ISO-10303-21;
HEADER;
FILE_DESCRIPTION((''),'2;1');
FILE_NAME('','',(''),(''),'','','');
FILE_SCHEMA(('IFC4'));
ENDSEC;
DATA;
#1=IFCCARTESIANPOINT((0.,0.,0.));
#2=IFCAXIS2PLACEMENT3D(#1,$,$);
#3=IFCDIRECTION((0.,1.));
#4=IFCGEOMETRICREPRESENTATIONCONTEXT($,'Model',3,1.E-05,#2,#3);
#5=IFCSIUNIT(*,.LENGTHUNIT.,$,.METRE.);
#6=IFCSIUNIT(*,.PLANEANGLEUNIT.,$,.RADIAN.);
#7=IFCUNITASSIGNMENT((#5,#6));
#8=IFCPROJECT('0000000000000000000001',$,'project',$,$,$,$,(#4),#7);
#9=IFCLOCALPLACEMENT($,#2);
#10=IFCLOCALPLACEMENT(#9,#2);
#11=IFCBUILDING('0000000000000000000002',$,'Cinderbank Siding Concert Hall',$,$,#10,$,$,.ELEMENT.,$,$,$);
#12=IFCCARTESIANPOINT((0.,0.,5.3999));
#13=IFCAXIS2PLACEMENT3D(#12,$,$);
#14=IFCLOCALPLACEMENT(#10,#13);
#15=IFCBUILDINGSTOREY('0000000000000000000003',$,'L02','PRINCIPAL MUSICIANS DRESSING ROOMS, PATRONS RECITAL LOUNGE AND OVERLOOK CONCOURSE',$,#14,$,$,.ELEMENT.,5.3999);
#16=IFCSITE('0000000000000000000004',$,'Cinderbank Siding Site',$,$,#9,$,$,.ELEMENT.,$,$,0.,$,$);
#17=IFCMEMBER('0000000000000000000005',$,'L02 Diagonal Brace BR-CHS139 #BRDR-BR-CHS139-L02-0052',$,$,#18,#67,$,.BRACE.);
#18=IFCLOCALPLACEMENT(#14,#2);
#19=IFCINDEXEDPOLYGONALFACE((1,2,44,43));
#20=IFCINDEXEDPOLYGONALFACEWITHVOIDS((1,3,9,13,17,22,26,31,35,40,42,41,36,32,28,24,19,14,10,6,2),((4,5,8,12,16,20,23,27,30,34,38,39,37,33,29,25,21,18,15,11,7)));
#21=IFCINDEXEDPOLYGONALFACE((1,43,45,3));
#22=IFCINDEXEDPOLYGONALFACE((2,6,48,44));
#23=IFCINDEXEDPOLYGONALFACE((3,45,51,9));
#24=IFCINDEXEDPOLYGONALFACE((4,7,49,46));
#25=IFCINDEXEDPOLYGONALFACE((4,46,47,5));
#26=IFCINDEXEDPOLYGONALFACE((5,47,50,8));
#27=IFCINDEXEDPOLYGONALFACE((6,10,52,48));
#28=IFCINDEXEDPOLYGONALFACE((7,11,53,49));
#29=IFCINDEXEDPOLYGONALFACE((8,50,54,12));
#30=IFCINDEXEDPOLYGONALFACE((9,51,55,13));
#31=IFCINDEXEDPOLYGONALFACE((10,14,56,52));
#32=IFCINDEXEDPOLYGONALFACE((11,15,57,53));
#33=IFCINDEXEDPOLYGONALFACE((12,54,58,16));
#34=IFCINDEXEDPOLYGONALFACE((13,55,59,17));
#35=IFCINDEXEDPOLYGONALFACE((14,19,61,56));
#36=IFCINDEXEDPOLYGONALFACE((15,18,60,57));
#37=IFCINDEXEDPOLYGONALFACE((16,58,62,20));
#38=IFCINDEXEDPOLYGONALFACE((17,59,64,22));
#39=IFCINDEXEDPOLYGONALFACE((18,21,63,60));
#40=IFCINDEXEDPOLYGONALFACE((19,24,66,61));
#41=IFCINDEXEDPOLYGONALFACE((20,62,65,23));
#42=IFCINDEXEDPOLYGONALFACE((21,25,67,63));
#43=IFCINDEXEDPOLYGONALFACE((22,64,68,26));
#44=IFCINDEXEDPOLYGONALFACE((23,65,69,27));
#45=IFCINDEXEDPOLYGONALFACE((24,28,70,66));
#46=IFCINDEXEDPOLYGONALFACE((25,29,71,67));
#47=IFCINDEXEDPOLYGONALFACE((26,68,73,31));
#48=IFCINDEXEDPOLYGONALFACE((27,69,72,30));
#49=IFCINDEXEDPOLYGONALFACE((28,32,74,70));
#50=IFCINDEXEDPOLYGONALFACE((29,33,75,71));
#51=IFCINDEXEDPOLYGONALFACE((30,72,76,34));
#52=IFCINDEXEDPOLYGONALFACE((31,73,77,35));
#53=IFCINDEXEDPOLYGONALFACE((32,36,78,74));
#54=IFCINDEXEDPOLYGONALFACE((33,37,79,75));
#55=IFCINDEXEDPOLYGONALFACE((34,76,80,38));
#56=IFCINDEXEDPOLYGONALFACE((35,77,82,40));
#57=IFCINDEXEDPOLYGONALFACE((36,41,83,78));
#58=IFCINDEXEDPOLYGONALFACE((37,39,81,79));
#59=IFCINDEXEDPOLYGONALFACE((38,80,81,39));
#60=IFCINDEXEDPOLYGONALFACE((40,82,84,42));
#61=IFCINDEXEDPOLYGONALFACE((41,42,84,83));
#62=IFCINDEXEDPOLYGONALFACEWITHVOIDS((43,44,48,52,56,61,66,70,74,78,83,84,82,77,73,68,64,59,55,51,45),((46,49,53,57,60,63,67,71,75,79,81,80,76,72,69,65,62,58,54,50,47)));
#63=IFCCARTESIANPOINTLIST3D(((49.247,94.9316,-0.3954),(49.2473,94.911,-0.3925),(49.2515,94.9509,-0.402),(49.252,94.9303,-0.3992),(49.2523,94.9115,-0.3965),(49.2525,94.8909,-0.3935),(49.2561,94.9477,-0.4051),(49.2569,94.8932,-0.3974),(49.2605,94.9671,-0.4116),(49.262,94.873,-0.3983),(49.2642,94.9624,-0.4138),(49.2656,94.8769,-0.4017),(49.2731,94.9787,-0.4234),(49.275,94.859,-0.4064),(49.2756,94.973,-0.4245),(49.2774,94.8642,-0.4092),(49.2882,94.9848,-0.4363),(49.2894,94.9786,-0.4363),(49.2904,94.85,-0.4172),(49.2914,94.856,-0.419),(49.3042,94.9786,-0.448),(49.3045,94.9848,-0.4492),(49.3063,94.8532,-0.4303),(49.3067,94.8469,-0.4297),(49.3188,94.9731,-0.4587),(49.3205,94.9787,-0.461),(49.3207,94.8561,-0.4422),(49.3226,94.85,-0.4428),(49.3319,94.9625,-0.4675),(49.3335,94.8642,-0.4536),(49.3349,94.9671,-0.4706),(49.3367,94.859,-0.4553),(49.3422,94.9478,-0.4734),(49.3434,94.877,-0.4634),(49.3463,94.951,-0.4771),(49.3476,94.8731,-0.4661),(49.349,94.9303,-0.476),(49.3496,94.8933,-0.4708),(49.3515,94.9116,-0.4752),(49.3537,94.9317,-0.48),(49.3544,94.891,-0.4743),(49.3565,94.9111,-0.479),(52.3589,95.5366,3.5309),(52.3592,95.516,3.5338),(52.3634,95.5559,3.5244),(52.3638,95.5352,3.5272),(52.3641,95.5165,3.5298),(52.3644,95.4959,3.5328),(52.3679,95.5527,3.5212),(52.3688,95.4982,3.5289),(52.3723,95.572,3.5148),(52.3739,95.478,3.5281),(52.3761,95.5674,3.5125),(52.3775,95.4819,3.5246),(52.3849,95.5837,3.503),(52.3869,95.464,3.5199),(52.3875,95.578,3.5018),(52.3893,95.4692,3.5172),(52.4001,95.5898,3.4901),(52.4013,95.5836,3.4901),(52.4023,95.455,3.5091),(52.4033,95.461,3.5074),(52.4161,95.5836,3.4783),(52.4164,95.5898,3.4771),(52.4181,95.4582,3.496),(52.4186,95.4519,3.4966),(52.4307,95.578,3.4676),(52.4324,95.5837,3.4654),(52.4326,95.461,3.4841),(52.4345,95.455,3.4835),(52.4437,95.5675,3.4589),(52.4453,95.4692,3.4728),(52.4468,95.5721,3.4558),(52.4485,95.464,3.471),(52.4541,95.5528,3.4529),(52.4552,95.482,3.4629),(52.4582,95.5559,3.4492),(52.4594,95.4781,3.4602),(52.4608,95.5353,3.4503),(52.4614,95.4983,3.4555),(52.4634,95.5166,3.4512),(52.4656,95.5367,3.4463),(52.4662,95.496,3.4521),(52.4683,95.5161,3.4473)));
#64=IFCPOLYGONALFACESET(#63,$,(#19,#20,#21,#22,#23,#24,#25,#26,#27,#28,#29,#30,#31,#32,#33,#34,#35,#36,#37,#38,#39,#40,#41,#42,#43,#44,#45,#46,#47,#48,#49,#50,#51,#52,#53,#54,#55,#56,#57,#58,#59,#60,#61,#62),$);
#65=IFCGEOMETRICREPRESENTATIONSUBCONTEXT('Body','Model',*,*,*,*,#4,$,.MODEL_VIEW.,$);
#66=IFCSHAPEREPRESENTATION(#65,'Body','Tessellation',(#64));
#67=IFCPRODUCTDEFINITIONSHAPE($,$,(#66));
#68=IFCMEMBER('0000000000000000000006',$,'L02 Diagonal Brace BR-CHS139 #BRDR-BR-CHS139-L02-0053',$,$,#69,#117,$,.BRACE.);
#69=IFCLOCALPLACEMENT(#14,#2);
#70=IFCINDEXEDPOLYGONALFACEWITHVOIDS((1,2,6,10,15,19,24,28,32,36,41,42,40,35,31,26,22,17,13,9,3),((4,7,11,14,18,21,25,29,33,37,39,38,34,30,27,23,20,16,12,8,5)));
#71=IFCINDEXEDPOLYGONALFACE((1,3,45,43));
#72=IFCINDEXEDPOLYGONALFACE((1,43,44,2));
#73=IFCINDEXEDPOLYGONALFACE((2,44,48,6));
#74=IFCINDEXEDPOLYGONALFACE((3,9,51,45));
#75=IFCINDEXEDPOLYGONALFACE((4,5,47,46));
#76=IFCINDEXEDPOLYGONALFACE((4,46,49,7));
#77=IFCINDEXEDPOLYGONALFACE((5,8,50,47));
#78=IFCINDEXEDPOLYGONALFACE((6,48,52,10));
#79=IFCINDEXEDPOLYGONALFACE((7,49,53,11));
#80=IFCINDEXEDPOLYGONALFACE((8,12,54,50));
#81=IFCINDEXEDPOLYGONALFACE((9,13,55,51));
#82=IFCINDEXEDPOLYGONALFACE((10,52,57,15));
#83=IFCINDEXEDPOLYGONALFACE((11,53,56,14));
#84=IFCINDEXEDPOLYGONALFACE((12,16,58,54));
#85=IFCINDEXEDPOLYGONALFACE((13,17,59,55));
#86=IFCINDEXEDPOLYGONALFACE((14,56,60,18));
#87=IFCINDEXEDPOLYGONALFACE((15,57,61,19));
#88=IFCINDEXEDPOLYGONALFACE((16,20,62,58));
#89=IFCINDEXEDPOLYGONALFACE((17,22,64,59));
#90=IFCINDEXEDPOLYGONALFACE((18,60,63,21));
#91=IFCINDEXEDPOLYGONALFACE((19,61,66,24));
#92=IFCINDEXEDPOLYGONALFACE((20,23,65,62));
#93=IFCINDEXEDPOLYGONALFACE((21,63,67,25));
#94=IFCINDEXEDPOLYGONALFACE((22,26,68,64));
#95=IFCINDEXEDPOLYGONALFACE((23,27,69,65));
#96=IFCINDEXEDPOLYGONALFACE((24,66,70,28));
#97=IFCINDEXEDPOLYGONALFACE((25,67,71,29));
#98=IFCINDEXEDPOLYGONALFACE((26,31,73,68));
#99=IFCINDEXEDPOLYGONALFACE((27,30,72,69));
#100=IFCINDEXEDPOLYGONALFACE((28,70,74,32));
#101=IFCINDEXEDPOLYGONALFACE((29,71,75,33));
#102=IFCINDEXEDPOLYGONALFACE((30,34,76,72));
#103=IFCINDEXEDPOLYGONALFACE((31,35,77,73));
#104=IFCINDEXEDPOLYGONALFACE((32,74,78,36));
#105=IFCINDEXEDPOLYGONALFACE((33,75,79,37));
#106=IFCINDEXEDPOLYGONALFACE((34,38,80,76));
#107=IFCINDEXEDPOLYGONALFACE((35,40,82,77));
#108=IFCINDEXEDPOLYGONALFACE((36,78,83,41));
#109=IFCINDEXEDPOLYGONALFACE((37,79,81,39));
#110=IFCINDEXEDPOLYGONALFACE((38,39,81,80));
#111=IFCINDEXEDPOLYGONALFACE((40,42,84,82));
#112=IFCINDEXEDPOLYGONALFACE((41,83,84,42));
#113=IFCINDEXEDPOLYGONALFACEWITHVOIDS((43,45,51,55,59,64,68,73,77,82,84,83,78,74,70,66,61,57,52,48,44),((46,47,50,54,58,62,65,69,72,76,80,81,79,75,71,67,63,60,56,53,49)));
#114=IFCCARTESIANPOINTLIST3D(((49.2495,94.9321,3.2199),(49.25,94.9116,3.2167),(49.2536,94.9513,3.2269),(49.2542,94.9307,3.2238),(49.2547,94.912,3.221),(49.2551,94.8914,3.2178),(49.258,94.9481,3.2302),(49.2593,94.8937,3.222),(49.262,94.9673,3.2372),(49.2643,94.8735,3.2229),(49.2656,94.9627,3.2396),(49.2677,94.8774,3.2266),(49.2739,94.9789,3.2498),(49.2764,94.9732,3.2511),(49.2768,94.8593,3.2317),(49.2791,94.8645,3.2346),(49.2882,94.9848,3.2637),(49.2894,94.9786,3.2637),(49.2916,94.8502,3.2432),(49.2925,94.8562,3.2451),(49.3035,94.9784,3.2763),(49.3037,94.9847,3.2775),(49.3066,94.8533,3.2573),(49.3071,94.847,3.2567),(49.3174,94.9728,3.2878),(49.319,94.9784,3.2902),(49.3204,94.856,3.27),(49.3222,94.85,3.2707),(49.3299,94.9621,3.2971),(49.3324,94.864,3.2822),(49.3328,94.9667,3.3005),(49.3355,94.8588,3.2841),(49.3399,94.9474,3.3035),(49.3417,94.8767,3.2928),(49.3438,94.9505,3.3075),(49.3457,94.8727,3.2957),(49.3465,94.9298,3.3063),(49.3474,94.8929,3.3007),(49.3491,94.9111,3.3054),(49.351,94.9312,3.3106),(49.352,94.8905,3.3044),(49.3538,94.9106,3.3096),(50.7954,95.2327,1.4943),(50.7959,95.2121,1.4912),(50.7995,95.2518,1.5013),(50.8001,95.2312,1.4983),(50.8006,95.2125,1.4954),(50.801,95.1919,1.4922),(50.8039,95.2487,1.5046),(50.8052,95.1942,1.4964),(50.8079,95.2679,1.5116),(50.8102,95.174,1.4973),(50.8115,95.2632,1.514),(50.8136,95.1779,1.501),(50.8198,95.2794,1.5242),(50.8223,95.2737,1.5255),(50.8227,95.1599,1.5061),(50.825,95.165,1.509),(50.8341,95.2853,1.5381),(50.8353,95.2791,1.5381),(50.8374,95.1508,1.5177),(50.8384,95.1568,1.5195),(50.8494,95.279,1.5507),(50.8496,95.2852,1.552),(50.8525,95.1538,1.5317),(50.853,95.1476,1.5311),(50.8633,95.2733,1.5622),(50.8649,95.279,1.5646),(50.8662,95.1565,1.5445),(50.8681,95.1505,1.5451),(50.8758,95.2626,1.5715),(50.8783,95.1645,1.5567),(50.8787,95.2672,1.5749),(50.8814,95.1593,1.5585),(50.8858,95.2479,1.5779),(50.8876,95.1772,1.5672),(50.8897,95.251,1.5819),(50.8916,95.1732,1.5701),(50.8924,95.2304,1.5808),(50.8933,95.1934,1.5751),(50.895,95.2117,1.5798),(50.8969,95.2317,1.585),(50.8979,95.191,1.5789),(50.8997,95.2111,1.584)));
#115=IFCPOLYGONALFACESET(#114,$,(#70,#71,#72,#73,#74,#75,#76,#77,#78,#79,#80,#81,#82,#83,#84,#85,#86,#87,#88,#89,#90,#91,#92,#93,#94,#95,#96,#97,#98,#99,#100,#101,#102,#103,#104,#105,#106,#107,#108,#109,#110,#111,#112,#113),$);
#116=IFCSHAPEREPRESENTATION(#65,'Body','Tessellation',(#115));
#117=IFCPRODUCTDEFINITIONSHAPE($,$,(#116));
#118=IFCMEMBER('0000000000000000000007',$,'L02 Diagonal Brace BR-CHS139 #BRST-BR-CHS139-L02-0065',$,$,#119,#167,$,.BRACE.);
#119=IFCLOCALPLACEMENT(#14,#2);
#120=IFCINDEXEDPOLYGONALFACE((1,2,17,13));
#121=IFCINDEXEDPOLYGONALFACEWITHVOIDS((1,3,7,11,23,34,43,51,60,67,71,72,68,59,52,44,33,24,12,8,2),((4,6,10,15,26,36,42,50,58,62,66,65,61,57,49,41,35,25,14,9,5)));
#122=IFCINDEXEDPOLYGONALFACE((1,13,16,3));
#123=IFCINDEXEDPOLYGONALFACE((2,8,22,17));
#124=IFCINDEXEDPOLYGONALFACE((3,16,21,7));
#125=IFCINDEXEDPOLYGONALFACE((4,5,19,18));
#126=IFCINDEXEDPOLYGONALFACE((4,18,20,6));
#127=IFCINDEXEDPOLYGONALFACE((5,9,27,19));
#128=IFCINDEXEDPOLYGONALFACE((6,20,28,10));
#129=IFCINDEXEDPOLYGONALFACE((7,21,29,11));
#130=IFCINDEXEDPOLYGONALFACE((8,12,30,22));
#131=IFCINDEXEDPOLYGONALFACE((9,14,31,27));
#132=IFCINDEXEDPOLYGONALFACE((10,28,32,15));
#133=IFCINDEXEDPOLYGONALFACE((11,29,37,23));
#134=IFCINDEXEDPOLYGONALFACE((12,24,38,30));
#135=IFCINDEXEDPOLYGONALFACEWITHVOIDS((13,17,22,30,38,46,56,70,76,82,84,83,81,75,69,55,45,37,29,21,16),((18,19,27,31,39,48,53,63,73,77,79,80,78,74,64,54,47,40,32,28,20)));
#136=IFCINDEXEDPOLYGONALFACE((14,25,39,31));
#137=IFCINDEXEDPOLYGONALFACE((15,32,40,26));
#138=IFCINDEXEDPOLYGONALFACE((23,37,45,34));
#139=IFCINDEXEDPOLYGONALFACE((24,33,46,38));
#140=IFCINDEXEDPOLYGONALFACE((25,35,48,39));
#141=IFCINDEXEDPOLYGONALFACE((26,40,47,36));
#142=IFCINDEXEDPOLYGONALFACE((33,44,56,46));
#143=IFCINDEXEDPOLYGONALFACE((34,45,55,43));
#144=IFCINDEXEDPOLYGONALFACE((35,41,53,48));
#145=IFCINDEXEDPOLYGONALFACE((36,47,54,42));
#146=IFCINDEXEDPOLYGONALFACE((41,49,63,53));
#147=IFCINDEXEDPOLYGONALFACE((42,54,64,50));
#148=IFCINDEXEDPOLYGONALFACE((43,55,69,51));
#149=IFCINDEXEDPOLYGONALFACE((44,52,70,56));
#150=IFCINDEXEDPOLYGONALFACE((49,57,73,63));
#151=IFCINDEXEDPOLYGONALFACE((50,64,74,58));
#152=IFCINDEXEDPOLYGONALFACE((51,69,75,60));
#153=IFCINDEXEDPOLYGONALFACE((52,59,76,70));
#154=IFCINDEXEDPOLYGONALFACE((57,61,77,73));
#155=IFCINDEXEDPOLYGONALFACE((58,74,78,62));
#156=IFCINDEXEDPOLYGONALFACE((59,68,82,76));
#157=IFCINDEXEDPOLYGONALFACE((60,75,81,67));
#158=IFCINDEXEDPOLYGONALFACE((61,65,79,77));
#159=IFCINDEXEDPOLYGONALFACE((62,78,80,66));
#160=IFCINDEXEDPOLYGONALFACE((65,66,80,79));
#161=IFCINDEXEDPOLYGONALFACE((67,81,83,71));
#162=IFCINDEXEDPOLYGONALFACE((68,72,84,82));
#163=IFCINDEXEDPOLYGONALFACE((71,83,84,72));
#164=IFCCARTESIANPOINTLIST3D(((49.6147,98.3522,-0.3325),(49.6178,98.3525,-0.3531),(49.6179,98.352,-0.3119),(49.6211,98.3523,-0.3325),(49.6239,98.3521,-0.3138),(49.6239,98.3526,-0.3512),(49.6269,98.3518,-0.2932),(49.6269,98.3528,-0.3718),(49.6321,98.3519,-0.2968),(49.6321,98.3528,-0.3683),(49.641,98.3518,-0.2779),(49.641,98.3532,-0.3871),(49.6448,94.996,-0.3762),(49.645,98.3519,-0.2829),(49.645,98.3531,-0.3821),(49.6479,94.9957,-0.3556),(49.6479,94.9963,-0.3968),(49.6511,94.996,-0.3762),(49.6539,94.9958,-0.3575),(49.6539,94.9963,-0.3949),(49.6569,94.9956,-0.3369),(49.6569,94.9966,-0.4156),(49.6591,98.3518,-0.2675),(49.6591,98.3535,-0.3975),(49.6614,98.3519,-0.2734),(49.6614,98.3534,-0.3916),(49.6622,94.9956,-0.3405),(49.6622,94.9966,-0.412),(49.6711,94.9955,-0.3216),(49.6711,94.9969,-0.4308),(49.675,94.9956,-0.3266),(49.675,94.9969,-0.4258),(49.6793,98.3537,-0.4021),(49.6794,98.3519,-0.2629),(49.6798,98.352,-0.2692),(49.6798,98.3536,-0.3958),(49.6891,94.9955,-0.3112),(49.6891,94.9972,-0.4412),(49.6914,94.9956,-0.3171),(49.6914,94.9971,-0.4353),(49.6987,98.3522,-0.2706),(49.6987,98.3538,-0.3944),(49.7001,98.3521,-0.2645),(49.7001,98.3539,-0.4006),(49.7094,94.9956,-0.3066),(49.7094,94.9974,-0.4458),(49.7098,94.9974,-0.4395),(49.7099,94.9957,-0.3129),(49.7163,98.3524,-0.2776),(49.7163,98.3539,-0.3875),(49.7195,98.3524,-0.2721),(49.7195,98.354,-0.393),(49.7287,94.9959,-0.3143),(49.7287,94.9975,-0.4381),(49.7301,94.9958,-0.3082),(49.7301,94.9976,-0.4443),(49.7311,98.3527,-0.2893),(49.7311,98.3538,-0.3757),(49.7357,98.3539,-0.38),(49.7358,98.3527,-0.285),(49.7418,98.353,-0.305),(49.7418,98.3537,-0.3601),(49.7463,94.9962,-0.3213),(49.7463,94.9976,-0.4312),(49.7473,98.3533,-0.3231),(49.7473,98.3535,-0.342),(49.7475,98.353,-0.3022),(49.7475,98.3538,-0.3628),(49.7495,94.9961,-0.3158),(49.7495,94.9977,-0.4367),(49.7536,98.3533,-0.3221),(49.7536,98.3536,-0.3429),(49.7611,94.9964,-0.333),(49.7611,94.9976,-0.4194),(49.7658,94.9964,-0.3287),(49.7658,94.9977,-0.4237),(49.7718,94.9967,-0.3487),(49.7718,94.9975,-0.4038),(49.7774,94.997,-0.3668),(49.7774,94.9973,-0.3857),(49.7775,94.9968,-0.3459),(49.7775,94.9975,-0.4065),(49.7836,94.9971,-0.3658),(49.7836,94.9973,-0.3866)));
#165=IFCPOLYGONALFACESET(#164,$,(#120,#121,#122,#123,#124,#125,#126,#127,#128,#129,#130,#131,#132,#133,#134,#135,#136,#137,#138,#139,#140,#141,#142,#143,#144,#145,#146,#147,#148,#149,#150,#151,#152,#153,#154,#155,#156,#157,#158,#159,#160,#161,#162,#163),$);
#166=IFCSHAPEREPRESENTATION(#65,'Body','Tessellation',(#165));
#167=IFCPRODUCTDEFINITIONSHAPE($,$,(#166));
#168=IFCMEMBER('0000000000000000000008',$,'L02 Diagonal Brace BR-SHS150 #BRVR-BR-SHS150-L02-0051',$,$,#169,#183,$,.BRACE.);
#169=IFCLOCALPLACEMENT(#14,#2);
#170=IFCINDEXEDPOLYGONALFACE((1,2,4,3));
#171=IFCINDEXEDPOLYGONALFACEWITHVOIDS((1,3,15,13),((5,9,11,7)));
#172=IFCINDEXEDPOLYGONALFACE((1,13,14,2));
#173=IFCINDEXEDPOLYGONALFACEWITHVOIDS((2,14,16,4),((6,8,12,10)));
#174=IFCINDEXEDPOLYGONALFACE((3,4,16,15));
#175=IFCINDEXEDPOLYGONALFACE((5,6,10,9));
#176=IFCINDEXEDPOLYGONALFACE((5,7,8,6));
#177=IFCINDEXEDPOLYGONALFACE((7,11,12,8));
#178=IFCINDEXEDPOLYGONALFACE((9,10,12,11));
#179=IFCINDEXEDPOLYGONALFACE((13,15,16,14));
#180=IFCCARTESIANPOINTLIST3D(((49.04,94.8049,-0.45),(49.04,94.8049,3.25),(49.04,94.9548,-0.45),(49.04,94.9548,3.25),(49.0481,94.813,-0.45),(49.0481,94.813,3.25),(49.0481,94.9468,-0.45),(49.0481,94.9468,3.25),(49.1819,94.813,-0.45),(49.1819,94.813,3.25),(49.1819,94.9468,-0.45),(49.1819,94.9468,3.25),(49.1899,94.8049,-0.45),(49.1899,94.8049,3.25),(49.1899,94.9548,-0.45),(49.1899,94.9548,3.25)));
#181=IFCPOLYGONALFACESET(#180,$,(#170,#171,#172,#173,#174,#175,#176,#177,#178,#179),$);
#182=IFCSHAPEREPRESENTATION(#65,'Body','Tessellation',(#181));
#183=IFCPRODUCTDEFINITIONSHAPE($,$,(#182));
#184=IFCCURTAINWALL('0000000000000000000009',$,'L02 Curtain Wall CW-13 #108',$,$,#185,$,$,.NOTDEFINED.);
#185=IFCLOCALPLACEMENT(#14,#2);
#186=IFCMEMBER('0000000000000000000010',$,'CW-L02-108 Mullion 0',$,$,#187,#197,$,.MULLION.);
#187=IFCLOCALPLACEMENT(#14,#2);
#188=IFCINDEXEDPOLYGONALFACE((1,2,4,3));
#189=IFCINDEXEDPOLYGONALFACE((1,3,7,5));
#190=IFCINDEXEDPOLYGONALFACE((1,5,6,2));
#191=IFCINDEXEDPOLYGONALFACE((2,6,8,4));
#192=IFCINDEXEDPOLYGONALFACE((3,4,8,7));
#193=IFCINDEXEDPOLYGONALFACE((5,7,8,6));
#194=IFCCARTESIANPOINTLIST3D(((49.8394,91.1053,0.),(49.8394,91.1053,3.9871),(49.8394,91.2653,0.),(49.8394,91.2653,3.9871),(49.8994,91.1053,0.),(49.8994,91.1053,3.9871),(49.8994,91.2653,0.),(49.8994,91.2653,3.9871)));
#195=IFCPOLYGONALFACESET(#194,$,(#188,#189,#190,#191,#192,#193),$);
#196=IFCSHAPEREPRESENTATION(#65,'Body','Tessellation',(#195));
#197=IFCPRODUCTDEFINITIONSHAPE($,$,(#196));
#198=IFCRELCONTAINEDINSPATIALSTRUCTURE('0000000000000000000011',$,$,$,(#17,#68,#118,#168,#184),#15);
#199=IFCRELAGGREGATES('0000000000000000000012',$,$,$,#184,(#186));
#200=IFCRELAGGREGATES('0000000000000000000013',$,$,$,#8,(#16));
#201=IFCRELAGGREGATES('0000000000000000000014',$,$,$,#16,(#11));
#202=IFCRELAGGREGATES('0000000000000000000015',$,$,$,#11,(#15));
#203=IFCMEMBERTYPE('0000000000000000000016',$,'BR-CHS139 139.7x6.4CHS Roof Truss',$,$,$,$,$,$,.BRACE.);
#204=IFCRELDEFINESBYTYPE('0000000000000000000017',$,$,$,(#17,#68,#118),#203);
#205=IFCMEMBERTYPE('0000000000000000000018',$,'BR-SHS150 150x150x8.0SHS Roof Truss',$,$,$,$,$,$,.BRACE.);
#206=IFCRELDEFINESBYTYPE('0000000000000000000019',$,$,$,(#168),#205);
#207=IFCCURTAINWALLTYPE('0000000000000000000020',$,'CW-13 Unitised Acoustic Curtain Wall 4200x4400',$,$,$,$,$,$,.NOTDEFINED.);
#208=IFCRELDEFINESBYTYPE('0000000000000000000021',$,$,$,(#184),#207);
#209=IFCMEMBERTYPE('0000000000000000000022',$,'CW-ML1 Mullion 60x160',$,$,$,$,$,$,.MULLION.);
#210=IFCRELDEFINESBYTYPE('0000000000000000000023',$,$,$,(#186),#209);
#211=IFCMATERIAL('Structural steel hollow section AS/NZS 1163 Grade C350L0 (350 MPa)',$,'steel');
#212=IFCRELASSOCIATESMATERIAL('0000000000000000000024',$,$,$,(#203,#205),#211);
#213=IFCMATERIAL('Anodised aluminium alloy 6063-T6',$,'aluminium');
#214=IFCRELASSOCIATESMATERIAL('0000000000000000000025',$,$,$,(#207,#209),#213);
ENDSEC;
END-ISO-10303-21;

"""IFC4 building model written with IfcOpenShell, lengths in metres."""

from ifc_helpers import new_model, si_unit, direction, frame, origin, origin_2d, place, context, subcontext, project, spatial, rectangle, hollow_rectangle, hollow_circle, extrude, material, material_profile, profile_set, type_object, element, aggregate, save


model = new_model("IFC4")

# Units and contexts
model_context = context("Model", 3, precision=1e-05, world=origin(), true_north=direction((0.0, 1.0)))
body_context = subcontext(model_context, "Body", "Model", "MODEL_VIEW")
ifc_project = project(units=[si_unit("LENGTHUNIT", "METRE"), si_unit("PLANEANGLEUNIT", "RADIAN")], contexts=[model_context])

# Site, building, storey
site_placement = place(None, origin())
site = spatial("IfcSite", under=ifc_project, at=site_placement, Name="Cinderbank Siding Site", CompositionType="ELEMENT", RefElevation=0.0)
building_placement = place(site_placement, origin())
building = spatial("IfcBuilding", under=site, at=building_placement, Name="Cinderbank Siding Concert Hall", CompositionType="ELEMENT")
storey_placement = place(building_placement, frame((0.0, 0.0, 5.3999)))
storey = spatial("IfcBuildingStorey", under=building, at=storey_placement, Name="L02", Description="PRINCIPAL MUSICIANS DRESSING ROOMS, PATRONS RECITAL LOUNGE AND OVERLOOK CONCOURSE", CompositionType="ELEMENT", Elevation=5.3999)

# Shared definitions
ifc_material_1 = material(Name="Structural steel hollow section AS/NZS 1163 Grade C350L0 (350 MPa)", Category="steel")

# Members
ifc_material_profile_1 = material_profile(ifc_material_1, hollow_circle(Radius=0.0698, WallThickness=0.0063, at=origin_2d()), Name="139.7x6.4CHS", Category="LoadBearing")
ifc_profile_set_1 = profile_set([ifc_material_profile_1], Name="Structural steel hollow section AS/NZS 1163 Grade C350L0 (350 MPa)")
member_type_1 = type_object("IfcMemberType", Name="BR-CHS139 139.7x6.4CHS Roof Truss", PredefinedType="BRACE", material=ifc_profile_set_1)
member_1_placement = place(storey_placement, frame((49.3015, 94.9163, -0.4363), z_axis=(0.616655, 0.119886, 0.778051), x_axis=(-0.190841, 0.981621, 0.0)))
element("IfcMember", 1, at=member_1_placement, inside=storey, type_object=member_type_1, Name="L02 Diagonal Brace BR-CHS139 #BRDR-BR-CHS139-L02-0052", PredefinedType="BRACE", context=body_context, shape_type="SweptSolid", body=[
    extrude(hollow_circle(Radius=0.0698, WallThickness=0.0063, at=origin_2d()), origin(), (0.0, 0.0, 1.0), 5.0464),
])
member_2_placement = place(storey_placement, frame((49.3015, 94.9163, 3.2637), z_axis=(0.661719, 0.128644, -0.738633), x_axis=(-0.190836, 0.981622, 0.0)))
element("IfcMember", 2, at=member_2_placement, inside=storey, type_object=member_type_1, Name="L02 Diagonal Brace BR-CHS139 #BRDR-BR-CHS139-L02-0053", PredefinedType="BRACE", context=body_context, shape_type="SweptSolid", body=[
    extrude(hollow_circle(Radius=0.0698, WallThickness=0.0063, at=origin_2d()), origin(), (0.0, 0.0, 1.0), 2.3362),
])
member_3_placement = place(storey_placement, frame((49.7146, 94.9966, -0.3762), z_axis=(-0.008946, 0.999875, 0.013019), x_axis=(-0.99996, -0.008947, 0.0)))
element("IfcMember", 3, at=member_3_placement, inside=storey, type_object=member_type_1, Name="L02 Diagonal Brace BR-CHS139 #BRST-BR-CHS139-L02-0065", PredefinedType="BRACE", context=body_context, shape_type="SweptSolid", body=[
    extrude(hollow_circle(Radius=0.0698, WallThickness=0.0063, at=origin_2d()), origin(), (0.0, 0.0, 1.0), 3.3567),
])
ifc_material_profile_2 = material_profile(ifc_material_1, hollow_rectangle(XDim=0.1499, YDim=0.1499, WallThickness=0.0081, at=origin_2d()), Name="150x150x8.0SHS", Category="LoadBearing")
ifc_profile_set_2 = profile_set([ifc_material_profile_2], Name="Structural steel hollow section AS/NZS 1163 Grade C350L0 (350 MPa)")
member_type_2 = type_object("IfcMemberType", Name="BR-SHS150 150x150x8.0SHS Roof Truss", PredefinedType="BRACE", material=ifc_profile_set_2)
member_4_placement = place(storey_placement, frame((49.115, 94.8799, -0.45), z_axis=(0.0, 0.0, 1.0), x_axis=(1.0, 0.0, 0.0)))
element("IfcMember", 4, at=member_4_placement, inside=storey, type_object=member_type_2, Name="L02 Diagonal Brace BR-SHS150 #BRVR-BR-SHS150-L02-0051", PredefinedType="BRACE", context=body_context, shape_type="SweptSolid", body=[
    extrude(hollow_rectangle(XDim=0.1499, YDim=0.1499, WallThickness=0.0081, at=origin_2d()), origin(), (0.0, 0.0, 1.0), 3.7),
])

# Curtain wall, member
ifc_material_2 = material(Name="Anodised aluminium alloy 6063-T6", Category="aluminium")
curtain_wall_type = type_object("IfcCurtainWallType", Name="CW-13 Unitised Acoustic Curtain Wall 4200x4400", PredefinedType="NOTDEFINED", material=ifc_material_2)
curtain_wall_placement = place(storey_placement, origin())
curtain_wall = element("IfcCurtainWall", 5, at=curtain_wall_placement, inside=storey, type_object=curtain_wall_type, Name="L02 Curtain Wall CW-13 #108", PredefinedType="NOTDEFINED")
ifc_material_profile_3 = material_profile(ifc_material_2, rectangle(XDim=0.0601, YDim=0.1599, at=origin_2d()), Name="ALU-MULL-60x160", Category="LoadBearing")
ifc_profile_set_3 = profile_set([ifc_material_profile_3], Name="Anodised aluminium alloy 6063-T6")
member_type_3 = type_object("IfcMemberType", Name="CW-ML1 Mullion 60x160", PredefinedType="MULLION", material=ifc_profile_set_3)
member_5_placement = place(storey_placement, frame((49.8694, 91.1853, 0.0), z_axis=(0.0, 0.0, 1.0), x_axis=(1.0, 0.0, 0.0)))
member_5 = element("IfcMember", 6, at=member_5_placement, type_object=member_type_3, Name="CW-L02-108 Mullion 0", PredefinedType="MULLION", context=body_context, shape_type="SweptSolid", body=[
    extrude(rectangle(XDim=0.0601, YDim=0.1599, at=origin_2d()), origin(), (0.0, 0.0, 1.0), 3.9871),
])

aggregate(curtain_wall, [member_5])

save(model, "model.ifc")
